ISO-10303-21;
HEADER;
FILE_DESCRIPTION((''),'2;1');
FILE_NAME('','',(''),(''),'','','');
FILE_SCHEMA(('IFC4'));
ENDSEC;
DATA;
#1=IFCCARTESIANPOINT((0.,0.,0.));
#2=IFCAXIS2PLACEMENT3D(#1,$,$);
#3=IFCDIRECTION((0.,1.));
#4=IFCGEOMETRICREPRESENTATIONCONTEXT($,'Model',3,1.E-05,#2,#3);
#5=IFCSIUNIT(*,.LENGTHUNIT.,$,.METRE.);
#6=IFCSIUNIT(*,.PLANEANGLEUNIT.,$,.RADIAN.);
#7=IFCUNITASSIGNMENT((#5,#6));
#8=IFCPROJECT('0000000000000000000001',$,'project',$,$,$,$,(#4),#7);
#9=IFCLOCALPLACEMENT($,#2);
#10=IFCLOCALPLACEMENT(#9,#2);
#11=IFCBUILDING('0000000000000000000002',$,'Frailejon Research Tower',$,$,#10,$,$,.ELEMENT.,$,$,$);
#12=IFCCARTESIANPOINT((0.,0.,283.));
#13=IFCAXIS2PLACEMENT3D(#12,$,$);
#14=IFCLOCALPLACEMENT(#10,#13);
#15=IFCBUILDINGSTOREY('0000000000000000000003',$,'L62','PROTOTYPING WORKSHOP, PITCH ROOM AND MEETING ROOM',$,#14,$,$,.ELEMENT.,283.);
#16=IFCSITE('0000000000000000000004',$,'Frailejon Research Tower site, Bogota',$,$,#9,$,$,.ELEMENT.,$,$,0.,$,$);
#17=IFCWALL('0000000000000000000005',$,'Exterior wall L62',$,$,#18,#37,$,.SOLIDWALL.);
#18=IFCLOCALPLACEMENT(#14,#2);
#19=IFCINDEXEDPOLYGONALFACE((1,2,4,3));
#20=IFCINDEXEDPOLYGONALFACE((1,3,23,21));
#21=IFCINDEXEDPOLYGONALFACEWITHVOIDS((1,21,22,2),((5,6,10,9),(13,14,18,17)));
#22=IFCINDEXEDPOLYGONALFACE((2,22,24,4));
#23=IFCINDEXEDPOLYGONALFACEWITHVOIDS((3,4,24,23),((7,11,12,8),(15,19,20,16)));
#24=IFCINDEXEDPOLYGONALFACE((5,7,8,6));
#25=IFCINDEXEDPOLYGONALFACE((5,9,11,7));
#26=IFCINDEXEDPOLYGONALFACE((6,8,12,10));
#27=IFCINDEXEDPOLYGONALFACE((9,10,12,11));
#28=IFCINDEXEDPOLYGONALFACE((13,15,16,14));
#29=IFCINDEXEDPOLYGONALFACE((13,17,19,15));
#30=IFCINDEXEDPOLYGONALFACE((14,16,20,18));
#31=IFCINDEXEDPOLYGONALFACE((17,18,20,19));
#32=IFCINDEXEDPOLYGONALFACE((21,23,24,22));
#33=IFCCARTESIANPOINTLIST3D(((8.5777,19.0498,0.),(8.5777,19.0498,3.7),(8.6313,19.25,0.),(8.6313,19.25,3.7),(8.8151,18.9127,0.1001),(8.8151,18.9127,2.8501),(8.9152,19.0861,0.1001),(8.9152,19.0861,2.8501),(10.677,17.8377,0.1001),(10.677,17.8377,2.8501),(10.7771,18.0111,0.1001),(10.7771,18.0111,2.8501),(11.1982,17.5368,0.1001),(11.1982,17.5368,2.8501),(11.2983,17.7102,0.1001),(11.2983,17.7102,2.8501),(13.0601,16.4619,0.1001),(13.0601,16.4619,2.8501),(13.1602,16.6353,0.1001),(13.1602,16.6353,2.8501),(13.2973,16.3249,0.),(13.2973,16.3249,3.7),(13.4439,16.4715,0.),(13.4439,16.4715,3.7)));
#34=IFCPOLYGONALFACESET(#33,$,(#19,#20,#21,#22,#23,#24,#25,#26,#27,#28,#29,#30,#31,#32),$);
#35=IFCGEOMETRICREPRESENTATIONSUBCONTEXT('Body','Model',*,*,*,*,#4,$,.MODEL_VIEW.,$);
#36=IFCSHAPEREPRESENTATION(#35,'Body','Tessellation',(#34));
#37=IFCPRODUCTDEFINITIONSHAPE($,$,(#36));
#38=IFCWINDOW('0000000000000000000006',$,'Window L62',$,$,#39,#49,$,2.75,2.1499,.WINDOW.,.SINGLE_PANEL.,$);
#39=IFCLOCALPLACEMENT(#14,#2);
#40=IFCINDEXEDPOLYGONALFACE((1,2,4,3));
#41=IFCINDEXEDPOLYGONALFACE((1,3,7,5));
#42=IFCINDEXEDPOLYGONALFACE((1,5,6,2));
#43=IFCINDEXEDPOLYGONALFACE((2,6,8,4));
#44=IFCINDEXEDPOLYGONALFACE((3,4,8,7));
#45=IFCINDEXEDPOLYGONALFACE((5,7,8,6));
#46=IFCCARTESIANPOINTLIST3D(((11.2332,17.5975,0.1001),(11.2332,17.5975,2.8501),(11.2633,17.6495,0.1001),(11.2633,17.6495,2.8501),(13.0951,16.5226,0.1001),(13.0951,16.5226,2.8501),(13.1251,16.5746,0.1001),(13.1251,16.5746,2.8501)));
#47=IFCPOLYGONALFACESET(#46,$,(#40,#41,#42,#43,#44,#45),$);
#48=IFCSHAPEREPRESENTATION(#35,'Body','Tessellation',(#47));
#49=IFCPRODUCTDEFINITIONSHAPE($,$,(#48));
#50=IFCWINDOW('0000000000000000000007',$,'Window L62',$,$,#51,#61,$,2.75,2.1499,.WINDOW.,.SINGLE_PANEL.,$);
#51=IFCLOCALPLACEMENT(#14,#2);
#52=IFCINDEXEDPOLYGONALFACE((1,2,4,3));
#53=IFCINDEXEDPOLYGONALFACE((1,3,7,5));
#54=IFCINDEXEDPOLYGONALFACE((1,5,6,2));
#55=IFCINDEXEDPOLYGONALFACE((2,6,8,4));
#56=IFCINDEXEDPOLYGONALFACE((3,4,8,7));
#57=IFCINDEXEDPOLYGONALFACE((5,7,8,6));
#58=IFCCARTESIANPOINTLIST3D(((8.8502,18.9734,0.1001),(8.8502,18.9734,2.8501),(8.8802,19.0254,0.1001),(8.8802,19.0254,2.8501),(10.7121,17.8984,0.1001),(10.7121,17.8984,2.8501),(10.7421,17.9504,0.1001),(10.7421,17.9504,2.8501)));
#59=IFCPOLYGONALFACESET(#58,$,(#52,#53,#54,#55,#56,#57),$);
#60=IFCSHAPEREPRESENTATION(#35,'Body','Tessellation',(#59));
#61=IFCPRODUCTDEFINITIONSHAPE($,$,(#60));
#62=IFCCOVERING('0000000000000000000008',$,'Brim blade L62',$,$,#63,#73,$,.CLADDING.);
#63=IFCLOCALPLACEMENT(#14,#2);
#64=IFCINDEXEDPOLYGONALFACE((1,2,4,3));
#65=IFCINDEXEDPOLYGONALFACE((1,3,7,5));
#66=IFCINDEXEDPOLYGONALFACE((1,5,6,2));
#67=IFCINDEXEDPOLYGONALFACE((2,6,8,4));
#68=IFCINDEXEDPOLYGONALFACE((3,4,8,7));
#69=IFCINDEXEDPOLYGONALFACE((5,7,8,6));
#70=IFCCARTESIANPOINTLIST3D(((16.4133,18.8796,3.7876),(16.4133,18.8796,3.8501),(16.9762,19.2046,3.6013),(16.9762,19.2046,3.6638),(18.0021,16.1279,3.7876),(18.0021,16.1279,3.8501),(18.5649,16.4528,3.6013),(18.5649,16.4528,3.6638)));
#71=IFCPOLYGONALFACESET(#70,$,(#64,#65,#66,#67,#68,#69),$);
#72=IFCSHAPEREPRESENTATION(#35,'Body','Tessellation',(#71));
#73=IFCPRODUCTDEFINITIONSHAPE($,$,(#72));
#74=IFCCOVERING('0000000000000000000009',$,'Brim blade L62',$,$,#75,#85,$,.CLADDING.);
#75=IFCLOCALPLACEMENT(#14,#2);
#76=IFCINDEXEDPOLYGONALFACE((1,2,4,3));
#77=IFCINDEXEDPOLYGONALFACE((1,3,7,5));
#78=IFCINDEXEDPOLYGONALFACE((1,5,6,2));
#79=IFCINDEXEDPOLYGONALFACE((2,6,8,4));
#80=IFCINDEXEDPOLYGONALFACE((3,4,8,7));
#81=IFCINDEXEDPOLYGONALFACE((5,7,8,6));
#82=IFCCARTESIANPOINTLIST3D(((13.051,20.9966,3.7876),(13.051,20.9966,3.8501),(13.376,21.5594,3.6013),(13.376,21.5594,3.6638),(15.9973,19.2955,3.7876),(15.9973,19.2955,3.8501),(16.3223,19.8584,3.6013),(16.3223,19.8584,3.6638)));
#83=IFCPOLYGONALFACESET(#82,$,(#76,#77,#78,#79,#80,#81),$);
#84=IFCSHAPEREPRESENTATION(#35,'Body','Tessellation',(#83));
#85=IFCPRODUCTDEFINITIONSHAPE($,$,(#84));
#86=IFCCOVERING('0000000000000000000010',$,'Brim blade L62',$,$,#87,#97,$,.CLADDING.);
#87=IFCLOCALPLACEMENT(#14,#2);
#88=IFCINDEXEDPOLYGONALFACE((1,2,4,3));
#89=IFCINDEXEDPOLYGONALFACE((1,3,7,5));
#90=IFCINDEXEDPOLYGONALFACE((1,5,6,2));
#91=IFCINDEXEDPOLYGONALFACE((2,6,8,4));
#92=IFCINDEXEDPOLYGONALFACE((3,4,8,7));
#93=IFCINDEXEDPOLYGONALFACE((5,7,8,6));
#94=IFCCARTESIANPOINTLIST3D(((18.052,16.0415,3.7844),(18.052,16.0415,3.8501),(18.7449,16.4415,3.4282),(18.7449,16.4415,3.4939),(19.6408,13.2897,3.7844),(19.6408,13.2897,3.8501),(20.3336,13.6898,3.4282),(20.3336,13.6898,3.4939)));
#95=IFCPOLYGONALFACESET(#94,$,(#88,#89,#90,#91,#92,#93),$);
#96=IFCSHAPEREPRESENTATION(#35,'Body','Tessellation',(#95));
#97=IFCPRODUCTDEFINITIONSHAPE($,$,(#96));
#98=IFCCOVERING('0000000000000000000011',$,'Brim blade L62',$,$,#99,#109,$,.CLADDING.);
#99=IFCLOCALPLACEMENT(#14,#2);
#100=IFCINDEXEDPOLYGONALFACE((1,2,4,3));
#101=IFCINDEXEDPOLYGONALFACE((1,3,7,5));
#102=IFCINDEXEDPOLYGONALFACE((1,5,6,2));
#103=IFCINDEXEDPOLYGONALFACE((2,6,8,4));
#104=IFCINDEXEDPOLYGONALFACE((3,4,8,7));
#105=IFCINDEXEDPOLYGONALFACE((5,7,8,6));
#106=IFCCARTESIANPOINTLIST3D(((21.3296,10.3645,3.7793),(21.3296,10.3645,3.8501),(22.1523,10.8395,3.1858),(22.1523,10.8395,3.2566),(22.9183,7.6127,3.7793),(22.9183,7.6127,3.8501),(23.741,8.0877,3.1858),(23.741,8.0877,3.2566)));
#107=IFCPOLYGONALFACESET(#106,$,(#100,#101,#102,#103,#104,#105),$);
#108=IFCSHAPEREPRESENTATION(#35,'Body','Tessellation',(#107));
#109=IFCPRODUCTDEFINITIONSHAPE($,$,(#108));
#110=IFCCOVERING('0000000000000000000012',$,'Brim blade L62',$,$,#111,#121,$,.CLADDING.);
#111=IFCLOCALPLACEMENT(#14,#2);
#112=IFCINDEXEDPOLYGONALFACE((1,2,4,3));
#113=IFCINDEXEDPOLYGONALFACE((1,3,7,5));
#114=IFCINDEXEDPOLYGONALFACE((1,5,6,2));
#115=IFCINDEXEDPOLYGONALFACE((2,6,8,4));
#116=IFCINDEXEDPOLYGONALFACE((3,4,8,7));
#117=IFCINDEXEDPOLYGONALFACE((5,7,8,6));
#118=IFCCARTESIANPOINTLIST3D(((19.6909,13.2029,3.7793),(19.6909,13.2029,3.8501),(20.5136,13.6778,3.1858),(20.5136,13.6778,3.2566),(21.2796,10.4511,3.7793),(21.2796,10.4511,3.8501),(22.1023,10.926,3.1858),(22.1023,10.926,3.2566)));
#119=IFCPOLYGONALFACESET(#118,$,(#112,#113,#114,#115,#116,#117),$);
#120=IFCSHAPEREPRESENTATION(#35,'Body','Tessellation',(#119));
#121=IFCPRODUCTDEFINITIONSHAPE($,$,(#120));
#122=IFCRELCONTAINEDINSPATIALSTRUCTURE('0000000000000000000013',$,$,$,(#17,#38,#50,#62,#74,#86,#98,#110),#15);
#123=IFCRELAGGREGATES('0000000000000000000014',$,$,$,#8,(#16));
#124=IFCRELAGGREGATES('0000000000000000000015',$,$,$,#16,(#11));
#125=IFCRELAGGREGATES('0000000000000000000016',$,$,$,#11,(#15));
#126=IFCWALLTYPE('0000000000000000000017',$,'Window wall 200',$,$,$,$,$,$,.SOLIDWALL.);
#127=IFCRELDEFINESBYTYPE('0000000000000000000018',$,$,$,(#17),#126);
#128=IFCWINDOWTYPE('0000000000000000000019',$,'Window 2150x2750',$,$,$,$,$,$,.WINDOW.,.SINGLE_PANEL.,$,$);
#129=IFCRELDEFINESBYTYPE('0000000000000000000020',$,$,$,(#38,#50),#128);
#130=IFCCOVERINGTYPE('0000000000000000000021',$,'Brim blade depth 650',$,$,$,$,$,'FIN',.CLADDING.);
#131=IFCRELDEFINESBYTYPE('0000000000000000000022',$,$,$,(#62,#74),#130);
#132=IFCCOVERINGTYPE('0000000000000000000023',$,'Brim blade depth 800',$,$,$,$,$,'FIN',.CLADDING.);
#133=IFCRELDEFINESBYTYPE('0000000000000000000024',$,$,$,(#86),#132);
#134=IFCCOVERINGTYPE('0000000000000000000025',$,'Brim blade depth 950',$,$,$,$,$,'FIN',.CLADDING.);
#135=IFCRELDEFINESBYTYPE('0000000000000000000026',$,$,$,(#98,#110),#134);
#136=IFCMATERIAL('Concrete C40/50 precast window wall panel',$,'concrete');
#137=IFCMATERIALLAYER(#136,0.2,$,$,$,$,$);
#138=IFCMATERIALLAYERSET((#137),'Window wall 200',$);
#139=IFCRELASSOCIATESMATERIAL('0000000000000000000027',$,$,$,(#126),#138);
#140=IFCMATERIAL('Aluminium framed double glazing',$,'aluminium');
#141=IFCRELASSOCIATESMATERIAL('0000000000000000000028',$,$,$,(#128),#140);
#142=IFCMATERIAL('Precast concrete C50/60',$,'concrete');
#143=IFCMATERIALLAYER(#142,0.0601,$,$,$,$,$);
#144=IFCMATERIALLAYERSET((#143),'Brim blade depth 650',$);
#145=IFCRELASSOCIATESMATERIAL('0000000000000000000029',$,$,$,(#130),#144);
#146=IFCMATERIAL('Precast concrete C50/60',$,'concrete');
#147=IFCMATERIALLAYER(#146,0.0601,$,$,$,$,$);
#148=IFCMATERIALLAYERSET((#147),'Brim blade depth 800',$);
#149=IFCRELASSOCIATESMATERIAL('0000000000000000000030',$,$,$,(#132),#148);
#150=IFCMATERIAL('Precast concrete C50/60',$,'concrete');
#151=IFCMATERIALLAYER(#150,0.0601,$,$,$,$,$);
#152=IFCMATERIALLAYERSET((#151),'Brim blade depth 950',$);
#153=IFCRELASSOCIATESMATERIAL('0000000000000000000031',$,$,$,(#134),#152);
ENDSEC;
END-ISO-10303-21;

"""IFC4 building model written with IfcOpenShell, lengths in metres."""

from ifc_helpers import new_model, si_unit, direction, frame, frame_2d, origin, place, context, subcontext, project, spatial, polyline, rectangle, outline, extrude, material, layer, layer_set, type_object, element, fill, save


model = new_model("IFC4")

# Units and contexts
model_context = context("Model", 3, precision=1e-05, world=origin(), true_north=direction((0.0, 1.0)))
body_context = subcontext(model_context, "Body", "Model", "MODEL_VIEW")
ifc_project = project(units=[si_unit("LENGTHUNIT", "METRE"), si_unit("PLANEANGLEUNIT", "RADIAN")], contexts=[model_context])

# Site, building, storey
site_placement = place(None, origin())
site = spatial("IfcSite", under=ifc_project, at=site_placement, Name="Frailejon Research Tower site, Bogota", CompositionType="ELEMENT", RefElevation=0.0)
building_placement = place(site_placement, origin())
building = spatial("IfcBuilding", under=site, at=building_placement, Name="Frailejon Research Tower", CompositionType="ELEMENT")
storey_placement = place(building_placement, frame((0.0, 0.0, 283.0)))
storey = spatial("IfcBuildingStorey", under=building, at=storey_placement, Name="L62", Description="PROTOTYPING WORKSHOP, PITCH ROOM AND MEETING ROOM", CompositionType="ELEMENT", Elevation=283.0)

# Wall, openings, windows
ifc_material_1 = material(Name="Concrete C40/50 precast window wall panel", Category="concrete")
ifc_layer_1 = layer(ifc_material_1, 0.2)
ifc_layer_set_1 = layer_set([ifc_layer_1], Name="Window wall 200")
wall_type = type_object("IfcWallType", Name="Window wall 200", PredefinedType="SOLIDWALL", material=ifc_layer_set_1)
wall_placement = place(storey_placement, frame((13.3706, 16.3982, 0.0), z_axis=(0.0, 0.0, 1.0), x_axis=(-0.866026, 0.499999, 0.0)))
wall = element("IfcWall", 1, at=wall_placement, inside=storey, type_object=wall_type, Name="Exterior wall L62", PredefinedType="SOLIDWALL", context=body_context, shape_type="SweptSolid", body=[
    extrude(outline(polyline([(-0.0269, -0.1001), (1.0845, -0.1001), (2.196, -0.1001), (3.3074, -0.1001), (4.4189, -0.1001), (5.5303, -0.1001), (5.4766, 0.1001), (4.3867, 0.1001), (3.2966, 0.1001), (2.2068, 0.1001), (1.1167, 0.1001), (0.0269, 0.1001), (-0.0269, -0.1001)])), origin(), (0.0, 0.0, 1.0), 3.7),
])
opening_1_placement = place(wall_placement, frame((0.3008, 0.0, 0.1001)))
opening_1 = element("IfcOpeningElement", 2, at=opening_1_placement, cuts=wall, PredefinedType="OPENING", context=body_context, shape_type="SweptSolid", body=[
    extrude(rectangle(XDim=2.1499, YDim=2.75, at=frame_2d((1.075, 1.375))), frame((0.0, 0.1099, 0.0), z_axis=(0.0, -1.0, 0.0), x_axis=(1.0, 0.0, 0.0)), (0.0, 0.0, 1.0), 0.22),
])
opening_2_placement = place(wall_placement, frame((3.0525, 0.0, 0.1001)))
opening_2 = element("IfcOpeningElement", 3, at=opening_2_placement, cuts=wall, PredefinedType="OPENING", context=body_context, shape_type="SweptSolid", body=[
    extrude(rectangle(XDim=2.1499, YDim=2.75, at=frame_2d((1.075, 1.375))), frame((0.0, 0.1099, 0.0), z_axis=(0.0, -1.0, 0.0), x_axis=(1.0, 0.0, 0.0)), (0.0, 0.0, 1.0), 0.22),
])
ifc_material_2 = material(Name="Aluminium framed double glazing", Category="aluminium")
window_type = type_object("IfcWindowType", Name="Window 2150x2750", PartitioningType="SINGLE_PANEL", PredefinedType="WINDOW", material=ifc_material_2)
window_1_placement = place(opening_1_placement, origin())
window_1 = element("IfcWindow", 4, at=window_1_placement, inside=storey, type_object=window_type, Name="Window L62", OverallHeight=2.75, OverallWidth=2.1499, PartitioningType="SINGLE_PANEL", PredefinedType="WINDOW", context=body_context, shape_type="SweptSolid", body=[
    extrude(rectangle(XDim=2.1499, YDim=2.75, at=frame_2d((1.075, 1.375))), frame((0.0, 0.03, 0.0), z_axis=(0.0, -1.0, 0.0), x_axis=(1.0, 0.0, 0.0)), (0.0, 0.0, 1.0), 0.0601),
])
fill(opening_1, window_1)
window_2_placement = place(opening_2_placement, origin())
window_2 = element("IfcWindow", 5, at=window_2_placement, inside=storey, type_object=window_type, Name="Window L62", OverallHeight=2.75, OverallWidth=2.1499, PartitioningType="SINGLE_PANEL", PredefinedType="WINDOW", context=body_context, shape_type="SweptSolid", body=[
    extrude(rectangle(XDim=2.1499, YDim=2.75, at=frame_2d((1.075, 1.375))), frame((0.0, 0.03, 0.0), z_axis=(0.0, -1.0, 0.0), x_axis=(1.0, 0.0, 0.0)), (0.0, 0.0, 1.0), 0.0601),
])
fill(opening_2, window_2)

# Coverings
ifc_material_3 = material(Name="Precast concrete C50/60", Category="concrete")
ifc_layer_2 = layer(ifc_material_3, 0.0601)
ifc_layer_set_2 = layer_set([ifc_layer_2], Name="Brim blade depth 650")
covering_type_1 = type_object("IfcCoveringType", Name="Brim blade depth 650", ElementType="FIN", PredefinedType="CLADDING", material=ifc_layer_set_2)
covering_1_placement = place(storey_placement, frame((16.4133, 18.8796, 3.8501), z_axis=(0.500002, -0.866025, 0.0), x_axis=(0.866025, 0.500002, 0.0)))
element("IfcCovering", 6, at=covering_1_placement, inside=storey, type_object=covering_type_1, Name="Brim blade L62", PredefinedType="CLADDING", context=body_context, shape_type="SweptSolid", body=[
    extrude(outline(polyline([(0.0, -0.0625), (0.6499, -0.2488), (0.6499, -0.1863), (0.0, 0.0), (0.0, -0.0625)])), origin(), (0.0, 0.0, 1.0), 3.1775),
])
covering_2_placement = place(storey_placement, frame((13.051, 20.9966, 3.8501), z_axis=(0.866024, -0.500003, 0.0), x_axis=(0.500003, 0.866024, 0.0)))
element("IfcCovering", 7, at=covering_2_placement, inside=storey, type_object=covering_type_1, Name="Brim blade L62", PredefinedType="CLADDING", context=body_context, shape_type="SweptSolid", body=[
    extrude(outline(polyline([(0.0, -0.0625), (0.6499, -0.2488), (0.6499, -0.1863), (0.0, 0.0), (0.0, -0.0625)])), origin(), (0.0, 0.0, 1.0), 3.4021),
])
ifc_material_4 = material(Name="Precast concrete C50/60", Category="concrete")
ifc_layer_3 = layer(ifc_material_4, 0.0601)
ifc_layer_set_3 = layer_set([ifc_layer_3], Name="Brim blade depth 800")
covering_type_2 = type_object("IfcCoveringType", Name="Brim blade depth 800", ElementType="FIN", PredefinedType="CLADDING", material=ifc_layer_set_3)
covering_3_placement = place(storey_placement, frame((18.052, 16.0415, 3.8501), z_axis=(0.500011, -0.866019, 0.0), x_axis=(0.866019, 0.500011, 0.0)))
element("IfcCovering", 8, at=covering_3_placement, inside=storey, type_object=covering_type_2, Name="Brim blade L62", PredefinedType="CLADDING", context=body_context, shape_type="SweptSolid", body=[
    extrude(outline(polyline([(0.0, -0.0657), (0.8, -0.4219), (0.8, -0.3562), (0.0, 0.0), (0.0, -0.0657)])), origin(), (0.0, 0.0, 1.0), 3.1775),
])
ifc_material_5 = material(Name="Precast concrete C50/60", Category="concrete")
ifc_layer_4 = layer(ifc_material_5, 0.0601)
ifc_layer_set_4 = layer_set([ifc_layer_4], Name="Brim blade depth 950")
covering_type_3 = type_object("IfcCoveringType", Name="Brim blade depth 950", ElementType="FIN", PredefinedType="CLADDING", material=ifc_layer_set_4)
for number, where, z_axis, x_axis, name in (
    (9, (21.3296, 10.3645, 3.8501), (0.500002, -0.866025, 0.0), (0.866025, 0.500002, 0.0), "Brim blade L62"),
    (10, (19.6909, 13.2029, 3.8501), (0.499988, -0.866032, 0.0), (0.866032, 0.499988, 0.0), "Brim blade L62"),
):
    element("IfcCovering", number, at=place(storey_placement, frame(where, z_axis=z_axis, x_axis=x_axis)), inside=storey, type_object=covering_type_3, Name=name, PredefinedType="CLADDING", context=body_context, shape_type="SweptSolid", body=[
        extrude(outline(polyline([(0.0, -0.0708), (0.95, -0.6643), (0.95, -0.5935), (0.0, 0.0), (0.0, -0.0708)])), origin(), (0.0, 0.0, 1.0), 3.1775),
    ])

save(model, "model.ifc")
